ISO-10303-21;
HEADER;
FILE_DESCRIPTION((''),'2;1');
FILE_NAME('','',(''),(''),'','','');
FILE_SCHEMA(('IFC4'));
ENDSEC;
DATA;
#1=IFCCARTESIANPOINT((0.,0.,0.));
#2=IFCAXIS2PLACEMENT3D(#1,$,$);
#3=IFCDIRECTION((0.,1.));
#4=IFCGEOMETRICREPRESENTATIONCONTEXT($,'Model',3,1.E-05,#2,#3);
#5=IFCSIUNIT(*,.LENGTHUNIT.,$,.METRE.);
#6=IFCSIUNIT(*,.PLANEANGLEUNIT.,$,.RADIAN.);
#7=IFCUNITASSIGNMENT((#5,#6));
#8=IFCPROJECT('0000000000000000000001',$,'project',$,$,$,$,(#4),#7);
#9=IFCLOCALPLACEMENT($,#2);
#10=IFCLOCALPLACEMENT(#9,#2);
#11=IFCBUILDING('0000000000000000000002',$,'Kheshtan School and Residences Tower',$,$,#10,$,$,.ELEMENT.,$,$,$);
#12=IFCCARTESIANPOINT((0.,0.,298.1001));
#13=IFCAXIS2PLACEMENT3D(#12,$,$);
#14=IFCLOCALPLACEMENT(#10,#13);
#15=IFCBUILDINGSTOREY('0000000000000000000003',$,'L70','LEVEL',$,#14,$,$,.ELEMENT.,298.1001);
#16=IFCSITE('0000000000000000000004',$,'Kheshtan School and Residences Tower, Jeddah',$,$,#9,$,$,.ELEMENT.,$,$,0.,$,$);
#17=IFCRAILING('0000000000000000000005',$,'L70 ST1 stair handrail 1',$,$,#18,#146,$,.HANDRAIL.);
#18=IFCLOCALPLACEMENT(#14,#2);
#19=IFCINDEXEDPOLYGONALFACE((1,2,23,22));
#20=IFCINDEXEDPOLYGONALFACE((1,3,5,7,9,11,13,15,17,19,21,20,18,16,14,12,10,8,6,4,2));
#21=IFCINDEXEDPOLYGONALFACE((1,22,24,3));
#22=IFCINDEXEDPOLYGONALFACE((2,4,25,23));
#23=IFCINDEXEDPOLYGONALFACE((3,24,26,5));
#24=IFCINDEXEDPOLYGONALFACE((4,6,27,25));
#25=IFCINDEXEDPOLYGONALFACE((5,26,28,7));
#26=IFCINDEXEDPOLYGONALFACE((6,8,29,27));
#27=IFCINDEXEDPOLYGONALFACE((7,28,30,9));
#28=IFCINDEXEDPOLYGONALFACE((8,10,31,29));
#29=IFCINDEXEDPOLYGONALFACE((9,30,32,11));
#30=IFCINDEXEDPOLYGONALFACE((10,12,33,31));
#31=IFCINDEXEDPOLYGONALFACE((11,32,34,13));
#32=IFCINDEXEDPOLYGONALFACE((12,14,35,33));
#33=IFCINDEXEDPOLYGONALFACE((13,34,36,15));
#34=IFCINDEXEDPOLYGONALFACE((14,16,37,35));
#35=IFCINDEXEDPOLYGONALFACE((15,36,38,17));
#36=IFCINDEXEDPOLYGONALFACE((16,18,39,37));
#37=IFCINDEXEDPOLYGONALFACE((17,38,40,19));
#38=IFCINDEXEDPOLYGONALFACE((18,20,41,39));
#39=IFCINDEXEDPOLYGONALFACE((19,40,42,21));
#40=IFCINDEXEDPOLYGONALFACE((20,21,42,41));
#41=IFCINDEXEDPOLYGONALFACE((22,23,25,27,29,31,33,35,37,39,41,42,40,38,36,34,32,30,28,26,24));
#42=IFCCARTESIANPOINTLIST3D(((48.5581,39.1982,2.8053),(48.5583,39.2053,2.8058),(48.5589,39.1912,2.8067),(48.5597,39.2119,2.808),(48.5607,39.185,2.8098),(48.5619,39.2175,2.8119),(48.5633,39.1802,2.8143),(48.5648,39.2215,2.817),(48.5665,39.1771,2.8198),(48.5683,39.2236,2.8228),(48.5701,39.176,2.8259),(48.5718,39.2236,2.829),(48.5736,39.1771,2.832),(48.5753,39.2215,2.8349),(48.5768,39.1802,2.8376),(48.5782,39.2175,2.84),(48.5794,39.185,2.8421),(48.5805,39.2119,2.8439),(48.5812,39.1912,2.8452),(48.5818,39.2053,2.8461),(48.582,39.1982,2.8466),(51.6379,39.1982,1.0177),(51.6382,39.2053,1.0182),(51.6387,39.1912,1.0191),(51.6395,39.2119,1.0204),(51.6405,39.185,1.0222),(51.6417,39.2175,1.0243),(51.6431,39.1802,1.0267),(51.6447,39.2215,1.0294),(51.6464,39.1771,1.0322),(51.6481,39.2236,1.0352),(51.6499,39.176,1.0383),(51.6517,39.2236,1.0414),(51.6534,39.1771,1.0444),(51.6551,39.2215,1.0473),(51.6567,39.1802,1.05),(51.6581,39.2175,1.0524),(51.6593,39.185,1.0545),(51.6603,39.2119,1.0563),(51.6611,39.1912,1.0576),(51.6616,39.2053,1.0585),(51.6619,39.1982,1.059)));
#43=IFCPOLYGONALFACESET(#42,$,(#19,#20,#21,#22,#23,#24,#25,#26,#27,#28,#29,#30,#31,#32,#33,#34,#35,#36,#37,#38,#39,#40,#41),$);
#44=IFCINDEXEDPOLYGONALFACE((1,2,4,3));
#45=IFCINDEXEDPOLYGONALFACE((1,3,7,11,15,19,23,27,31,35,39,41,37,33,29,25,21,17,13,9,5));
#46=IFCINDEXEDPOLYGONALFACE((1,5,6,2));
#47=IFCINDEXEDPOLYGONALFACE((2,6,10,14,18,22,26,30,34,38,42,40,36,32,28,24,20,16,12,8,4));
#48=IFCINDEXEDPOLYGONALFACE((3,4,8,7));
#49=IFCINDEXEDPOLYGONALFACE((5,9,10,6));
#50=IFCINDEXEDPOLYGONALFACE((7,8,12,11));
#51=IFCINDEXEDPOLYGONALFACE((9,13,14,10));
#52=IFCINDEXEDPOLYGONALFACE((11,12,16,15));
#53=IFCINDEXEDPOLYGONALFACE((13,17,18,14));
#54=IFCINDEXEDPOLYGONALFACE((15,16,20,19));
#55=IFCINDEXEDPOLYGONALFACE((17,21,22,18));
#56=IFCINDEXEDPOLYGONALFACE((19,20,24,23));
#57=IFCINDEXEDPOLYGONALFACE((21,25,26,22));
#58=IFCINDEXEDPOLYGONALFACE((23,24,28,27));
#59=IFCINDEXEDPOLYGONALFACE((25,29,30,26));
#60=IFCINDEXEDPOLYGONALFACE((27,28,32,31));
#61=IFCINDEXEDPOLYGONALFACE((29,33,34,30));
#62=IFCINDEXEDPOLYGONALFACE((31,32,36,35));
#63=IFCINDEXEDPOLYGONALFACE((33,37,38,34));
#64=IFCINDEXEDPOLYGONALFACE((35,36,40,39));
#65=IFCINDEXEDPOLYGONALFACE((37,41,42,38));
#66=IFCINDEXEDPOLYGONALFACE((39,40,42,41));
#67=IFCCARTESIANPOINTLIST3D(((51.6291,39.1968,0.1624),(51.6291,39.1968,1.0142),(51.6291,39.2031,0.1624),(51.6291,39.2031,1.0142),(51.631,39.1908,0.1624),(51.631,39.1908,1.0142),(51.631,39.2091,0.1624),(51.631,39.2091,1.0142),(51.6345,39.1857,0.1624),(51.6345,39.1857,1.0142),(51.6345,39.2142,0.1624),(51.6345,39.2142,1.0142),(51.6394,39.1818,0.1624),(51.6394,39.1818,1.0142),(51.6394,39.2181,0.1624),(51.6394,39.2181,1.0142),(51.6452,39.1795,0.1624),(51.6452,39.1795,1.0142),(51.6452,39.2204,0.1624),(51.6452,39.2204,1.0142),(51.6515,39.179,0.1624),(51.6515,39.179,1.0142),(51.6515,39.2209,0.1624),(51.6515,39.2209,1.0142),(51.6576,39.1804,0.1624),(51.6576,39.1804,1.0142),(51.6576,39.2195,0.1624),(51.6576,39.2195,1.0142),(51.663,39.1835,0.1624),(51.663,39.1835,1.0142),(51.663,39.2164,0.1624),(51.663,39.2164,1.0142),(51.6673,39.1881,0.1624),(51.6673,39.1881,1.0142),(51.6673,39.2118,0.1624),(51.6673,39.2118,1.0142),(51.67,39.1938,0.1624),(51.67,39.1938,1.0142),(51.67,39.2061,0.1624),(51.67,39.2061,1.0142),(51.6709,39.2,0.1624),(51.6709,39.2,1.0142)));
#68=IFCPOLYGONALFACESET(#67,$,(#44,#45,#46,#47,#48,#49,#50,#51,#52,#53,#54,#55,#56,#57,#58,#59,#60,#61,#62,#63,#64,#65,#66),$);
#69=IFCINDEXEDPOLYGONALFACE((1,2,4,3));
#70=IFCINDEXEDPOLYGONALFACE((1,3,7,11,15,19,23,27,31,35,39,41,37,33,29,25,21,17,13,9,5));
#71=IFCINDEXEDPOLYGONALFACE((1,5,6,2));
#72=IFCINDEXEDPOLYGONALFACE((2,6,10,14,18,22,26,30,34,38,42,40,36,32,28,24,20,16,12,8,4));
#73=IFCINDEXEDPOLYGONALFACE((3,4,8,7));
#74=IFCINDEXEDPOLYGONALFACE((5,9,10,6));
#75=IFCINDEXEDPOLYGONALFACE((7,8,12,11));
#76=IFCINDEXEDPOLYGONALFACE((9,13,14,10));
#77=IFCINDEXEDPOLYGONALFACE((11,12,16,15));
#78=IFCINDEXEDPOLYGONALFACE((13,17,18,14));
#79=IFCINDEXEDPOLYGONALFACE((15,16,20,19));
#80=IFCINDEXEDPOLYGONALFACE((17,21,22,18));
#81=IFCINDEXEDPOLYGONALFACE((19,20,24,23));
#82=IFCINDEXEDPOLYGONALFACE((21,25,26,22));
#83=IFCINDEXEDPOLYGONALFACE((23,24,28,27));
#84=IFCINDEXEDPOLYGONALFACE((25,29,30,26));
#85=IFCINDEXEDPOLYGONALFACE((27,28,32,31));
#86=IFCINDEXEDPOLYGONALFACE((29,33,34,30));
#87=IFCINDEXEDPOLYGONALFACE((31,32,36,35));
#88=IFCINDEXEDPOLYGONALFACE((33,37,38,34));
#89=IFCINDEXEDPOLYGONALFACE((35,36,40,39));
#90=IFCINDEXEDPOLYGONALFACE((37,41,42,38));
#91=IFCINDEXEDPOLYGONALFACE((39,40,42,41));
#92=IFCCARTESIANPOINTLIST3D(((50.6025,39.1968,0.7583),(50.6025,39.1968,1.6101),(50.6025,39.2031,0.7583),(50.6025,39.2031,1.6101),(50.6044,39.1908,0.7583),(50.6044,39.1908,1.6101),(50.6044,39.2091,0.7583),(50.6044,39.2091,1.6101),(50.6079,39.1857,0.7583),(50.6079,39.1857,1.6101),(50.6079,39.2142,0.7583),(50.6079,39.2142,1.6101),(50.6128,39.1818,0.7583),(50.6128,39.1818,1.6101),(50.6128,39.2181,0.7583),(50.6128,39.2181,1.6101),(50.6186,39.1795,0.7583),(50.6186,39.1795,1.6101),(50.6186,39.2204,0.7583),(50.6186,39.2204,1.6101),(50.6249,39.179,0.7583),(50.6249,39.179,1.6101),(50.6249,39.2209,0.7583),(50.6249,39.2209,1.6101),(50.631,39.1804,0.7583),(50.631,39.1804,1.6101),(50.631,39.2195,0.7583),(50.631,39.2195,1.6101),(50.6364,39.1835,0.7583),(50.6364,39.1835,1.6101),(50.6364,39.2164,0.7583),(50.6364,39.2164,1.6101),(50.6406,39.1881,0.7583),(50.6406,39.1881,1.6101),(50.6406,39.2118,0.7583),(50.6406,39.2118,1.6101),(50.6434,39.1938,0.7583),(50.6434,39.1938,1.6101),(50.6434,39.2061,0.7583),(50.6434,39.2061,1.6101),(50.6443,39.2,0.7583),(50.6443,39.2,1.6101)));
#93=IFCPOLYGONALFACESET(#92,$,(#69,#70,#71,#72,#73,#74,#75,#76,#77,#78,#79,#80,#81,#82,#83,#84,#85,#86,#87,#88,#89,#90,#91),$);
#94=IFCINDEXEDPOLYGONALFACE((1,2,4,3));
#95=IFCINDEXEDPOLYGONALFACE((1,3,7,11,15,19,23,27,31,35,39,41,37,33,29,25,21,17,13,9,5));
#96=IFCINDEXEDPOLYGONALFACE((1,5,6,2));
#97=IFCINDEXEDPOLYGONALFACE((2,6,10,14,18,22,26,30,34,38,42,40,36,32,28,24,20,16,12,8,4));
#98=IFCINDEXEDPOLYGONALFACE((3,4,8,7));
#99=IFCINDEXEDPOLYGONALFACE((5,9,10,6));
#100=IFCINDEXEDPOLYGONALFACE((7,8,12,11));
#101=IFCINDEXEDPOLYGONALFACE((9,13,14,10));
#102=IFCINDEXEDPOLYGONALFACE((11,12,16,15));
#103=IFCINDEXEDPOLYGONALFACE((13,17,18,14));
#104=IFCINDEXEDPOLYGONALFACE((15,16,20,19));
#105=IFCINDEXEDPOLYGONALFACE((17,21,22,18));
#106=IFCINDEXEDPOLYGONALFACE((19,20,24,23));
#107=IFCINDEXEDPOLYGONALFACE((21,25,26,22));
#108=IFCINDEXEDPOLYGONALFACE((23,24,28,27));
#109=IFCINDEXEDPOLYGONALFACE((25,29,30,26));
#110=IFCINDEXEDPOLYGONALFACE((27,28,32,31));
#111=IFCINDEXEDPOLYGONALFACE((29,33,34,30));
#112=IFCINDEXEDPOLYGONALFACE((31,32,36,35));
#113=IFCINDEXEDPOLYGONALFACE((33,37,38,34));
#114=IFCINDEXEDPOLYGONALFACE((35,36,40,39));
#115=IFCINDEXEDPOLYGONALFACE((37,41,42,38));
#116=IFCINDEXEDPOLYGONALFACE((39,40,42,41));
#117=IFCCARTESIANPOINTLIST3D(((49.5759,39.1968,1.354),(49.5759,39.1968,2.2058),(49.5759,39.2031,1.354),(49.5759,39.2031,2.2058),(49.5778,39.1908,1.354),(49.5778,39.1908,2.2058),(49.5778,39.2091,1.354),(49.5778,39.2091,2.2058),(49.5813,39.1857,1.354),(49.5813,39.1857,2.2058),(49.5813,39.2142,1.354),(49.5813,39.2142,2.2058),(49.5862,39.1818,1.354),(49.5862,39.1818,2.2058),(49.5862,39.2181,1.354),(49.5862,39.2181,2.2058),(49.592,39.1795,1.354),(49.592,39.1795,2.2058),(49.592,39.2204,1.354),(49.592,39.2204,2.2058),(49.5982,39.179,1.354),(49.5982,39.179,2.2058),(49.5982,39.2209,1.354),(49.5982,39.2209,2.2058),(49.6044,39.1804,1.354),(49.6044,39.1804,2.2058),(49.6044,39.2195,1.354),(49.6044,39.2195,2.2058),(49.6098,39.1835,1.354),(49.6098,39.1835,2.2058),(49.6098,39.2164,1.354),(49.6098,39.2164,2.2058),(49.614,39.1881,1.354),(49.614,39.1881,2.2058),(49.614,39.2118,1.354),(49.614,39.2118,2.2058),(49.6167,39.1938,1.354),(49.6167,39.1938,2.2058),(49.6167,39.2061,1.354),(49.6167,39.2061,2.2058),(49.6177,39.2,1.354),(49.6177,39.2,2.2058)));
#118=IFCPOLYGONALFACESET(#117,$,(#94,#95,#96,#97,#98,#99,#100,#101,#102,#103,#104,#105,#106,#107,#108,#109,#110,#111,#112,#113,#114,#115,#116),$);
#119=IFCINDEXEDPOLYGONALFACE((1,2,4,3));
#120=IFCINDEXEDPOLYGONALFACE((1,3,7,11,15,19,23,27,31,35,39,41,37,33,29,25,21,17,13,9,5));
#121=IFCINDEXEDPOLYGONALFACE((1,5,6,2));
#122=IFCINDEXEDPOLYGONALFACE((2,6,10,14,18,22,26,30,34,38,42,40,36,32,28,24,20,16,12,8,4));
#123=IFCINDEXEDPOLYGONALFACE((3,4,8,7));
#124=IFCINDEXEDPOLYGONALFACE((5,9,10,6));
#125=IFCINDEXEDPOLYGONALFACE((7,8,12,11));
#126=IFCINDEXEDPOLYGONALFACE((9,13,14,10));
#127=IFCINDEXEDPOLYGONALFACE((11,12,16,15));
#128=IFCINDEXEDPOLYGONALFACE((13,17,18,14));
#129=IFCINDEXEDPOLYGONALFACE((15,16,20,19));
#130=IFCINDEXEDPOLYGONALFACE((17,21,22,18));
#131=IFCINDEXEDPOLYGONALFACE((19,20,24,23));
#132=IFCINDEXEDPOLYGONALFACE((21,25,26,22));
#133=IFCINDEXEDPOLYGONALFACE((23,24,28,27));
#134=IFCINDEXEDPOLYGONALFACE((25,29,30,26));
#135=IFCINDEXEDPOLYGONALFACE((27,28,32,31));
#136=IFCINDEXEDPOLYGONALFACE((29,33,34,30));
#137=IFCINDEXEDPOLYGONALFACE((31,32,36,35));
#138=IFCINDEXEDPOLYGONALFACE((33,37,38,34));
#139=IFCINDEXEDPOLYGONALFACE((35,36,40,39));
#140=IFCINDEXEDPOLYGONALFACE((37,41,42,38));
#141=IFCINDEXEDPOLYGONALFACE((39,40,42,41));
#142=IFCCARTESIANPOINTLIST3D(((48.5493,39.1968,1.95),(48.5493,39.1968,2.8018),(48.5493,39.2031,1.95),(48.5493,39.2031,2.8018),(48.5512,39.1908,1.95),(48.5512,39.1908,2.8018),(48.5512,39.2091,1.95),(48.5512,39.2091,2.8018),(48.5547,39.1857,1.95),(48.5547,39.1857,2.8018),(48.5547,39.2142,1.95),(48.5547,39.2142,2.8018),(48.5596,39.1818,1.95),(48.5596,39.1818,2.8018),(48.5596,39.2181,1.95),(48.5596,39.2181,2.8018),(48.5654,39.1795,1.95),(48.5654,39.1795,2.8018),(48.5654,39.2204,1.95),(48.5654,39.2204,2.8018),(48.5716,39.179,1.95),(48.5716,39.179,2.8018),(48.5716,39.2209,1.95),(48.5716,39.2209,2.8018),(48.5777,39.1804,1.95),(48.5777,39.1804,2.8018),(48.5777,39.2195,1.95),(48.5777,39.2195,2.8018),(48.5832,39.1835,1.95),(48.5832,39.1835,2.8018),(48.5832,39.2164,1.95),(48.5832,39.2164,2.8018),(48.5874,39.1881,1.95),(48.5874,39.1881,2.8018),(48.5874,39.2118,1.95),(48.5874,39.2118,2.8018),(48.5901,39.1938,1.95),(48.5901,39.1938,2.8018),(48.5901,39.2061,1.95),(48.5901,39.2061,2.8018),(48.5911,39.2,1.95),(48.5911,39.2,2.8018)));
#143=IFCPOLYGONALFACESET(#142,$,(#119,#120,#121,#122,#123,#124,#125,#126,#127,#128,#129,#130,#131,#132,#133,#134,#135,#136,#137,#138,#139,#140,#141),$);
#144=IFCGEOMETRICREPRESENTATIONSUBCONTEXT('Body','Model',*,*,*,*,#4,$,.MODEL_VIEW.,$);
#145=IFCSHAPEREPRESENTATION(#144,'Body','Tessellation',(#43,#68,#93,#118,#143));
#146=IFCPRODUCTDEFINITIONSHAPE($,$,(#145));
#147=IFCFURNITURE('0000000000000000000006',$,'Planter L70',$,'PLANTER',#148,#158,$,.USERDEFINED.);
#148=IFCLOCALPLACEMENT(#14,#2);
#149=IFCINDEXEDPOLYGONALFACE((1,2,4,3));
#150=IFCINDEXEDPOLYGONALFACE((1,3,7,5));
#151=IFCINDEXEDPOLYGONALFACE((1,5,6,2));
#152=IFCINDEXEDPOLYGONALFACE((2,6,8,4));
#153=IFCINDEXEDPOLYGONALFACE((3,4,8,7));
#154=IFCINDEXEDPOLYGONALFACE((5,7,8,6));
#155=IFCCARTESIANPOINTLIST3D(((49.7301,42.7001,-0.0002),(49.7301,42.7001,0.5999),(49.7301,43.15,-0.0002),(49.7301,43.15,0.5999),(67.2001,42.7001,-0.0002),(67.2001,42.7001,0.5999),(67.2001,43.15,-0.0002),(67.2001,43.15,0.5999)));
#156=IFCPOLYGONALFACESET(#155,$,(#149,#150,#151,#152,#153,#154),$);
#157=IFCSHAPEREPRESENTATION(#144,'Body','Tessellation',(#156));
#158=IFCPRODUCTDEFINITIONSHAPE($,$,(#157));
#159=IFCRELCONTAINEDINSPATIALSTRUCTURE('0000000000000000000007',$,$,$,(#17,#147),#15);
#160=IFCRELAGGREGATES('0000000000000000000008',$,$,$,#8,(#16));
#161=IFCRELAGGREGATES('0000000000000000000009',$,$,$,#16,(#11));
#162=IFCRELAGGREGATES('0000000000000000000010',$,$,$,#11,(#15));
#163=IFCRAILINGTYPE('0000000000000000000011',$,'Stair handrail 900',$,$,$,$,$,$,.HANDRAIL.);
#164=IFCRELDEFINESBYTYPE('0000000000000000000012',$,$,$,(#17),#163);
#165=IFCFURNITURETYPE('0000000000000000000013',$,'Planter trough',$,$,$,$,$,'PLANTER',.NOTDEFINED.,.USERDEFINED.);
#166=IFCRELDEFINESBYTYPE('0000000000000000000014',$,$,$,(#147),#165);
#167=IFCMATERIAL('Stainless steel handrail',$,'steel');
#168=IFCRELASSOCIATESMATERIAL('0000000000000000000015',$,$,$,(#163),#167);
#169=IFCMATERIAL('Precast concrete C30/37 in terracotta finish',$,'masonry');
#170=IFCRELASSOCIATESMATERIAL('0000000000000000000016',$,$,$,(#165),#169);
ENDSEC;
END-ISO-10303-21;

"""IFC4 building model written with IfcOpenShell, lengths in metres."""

from ifc_helpers import new_model, si_unit, direction, frame, origin, origin_2d, place, context, subcontext, project, spatial, rectangle, circle, extrude, material, type_object, element, save


model = new_model("IFC4")

# Units and contexts
model_context = context("Model", 3, precision=1e-05, world=origin(), true_north=direction((0.0, 1.0)))
body_context = subcontext(model_context, "Body", "Model", "MODEL_VIEW")
ifc_project = project(units=[si_unit("LENGTHUNIT", "METRE"), si_unit("PLANEANGLEUNIT", "RADIAN")], contexts=[model_context])

# Site, building, storey
site_placement = place(None, origin())
site = spatial("IfcSite", under=ifc_project, at=site_placement, Name="Kheshtan School and Residences Tower, Jeddah", CompositionType="ELEMENT", RefElevation=0.0)
building_placement = place(site_placement, origin())
building = spatial("IfcBuilding", under=site, at=building_placement, Name="Kheshtan School and Residences Tower", CompositionType="ELEMENT")
storey_placement = place(building_placement, frame((0.0, 0.0, 298.1001)))
storey = spatial("IfcBuildingStorey", under=building, at=storey_placement, Name="L70", Description="LEVEL", CompositionType="ELEMENT", Elevation=298.1001)

# Railing
ifc_material_1 = material(Name="Stainless steel handrail", Category="steel")
railing_type_1 = type_object("IfcRailingType", Name="Stair handrail 900", PredefinedType="HANDRAIL", material=ifc_material_1)
railing_1_placement = place(storey_placement, frame((51.6499, 39.2, 0.1624)))
element("IfcRailing", 1, at=railing_1_placement, inside=storey, type_object=railing_type_1, Name="L70 ST1 stair handrail 1", PredefinedType="HANDRAIL", context=body_context, shape_type="SweptSolid", body=[
    extrude(circle(Radius=0.0239, at=origin_2d()), frame((0.0, 0.0, 0.876), z_axis=(-0.864873, 0.0, 0.50199), x_axis=(0.0, -1.0, 0.0)), (0.0, 0.0, 1.0), 3.561),
    extrude(circle(Radius=0.021, at=origin_2d()), origin(), (0.0, 0.0, 1.0), 0.8518),
    extrude(circle(Radius=0.021, at=origin_2d()), frame((-1.0266, 0.0, 0.5959)), (0.0, 0.0, 1.0), 0.8518),
    extrude(circle(Radius=0.021, at=origin_2d()), frame((-2.0532, 0.0, 1.1917)), (0.0, 0.0, 1.0), 0.8518),
    extrude(circle(Radius=0.021, at=origin_2d()), frame((-3.0798, 0.0, 1.7876)), (0.0, 0.0, 1.0), 0.8518),
])

# Furniture
ifc_material_2 = material(Name="Precast concrete C30/37 in terracotta finish", Category="masonry")
furniture_type = type_object("IfcFurnitureType", Name="Planter trough", ElementType="PLANTER", AssemblyPlace="NOTDEFINED", PredefinedType="USERDEFINED", material=ifc_material_2)
furniture_placement = place(storey_placement, frame((58.4651, 42.925, -0.0002), z_axis=(0.0, 0.0, 1.0), x_axis=(1.0, 0.0, 0.0)))
element("IfcFurniture", 2, at=furniture_placement, inside=storey, type_object=furniture_type, Name="Planter L70", ObjectType="PLANTER", PredefinedType="USERDEFINED", context=body_context, shape_type="SweptSolid", body=[
    extrude(rectangle(XDim=17.47, YDim=0.45, at=origin_2d()), origin(), (0.0, 0.0, 1.0), 0.6001),
])

save(model, "model.ifc")
